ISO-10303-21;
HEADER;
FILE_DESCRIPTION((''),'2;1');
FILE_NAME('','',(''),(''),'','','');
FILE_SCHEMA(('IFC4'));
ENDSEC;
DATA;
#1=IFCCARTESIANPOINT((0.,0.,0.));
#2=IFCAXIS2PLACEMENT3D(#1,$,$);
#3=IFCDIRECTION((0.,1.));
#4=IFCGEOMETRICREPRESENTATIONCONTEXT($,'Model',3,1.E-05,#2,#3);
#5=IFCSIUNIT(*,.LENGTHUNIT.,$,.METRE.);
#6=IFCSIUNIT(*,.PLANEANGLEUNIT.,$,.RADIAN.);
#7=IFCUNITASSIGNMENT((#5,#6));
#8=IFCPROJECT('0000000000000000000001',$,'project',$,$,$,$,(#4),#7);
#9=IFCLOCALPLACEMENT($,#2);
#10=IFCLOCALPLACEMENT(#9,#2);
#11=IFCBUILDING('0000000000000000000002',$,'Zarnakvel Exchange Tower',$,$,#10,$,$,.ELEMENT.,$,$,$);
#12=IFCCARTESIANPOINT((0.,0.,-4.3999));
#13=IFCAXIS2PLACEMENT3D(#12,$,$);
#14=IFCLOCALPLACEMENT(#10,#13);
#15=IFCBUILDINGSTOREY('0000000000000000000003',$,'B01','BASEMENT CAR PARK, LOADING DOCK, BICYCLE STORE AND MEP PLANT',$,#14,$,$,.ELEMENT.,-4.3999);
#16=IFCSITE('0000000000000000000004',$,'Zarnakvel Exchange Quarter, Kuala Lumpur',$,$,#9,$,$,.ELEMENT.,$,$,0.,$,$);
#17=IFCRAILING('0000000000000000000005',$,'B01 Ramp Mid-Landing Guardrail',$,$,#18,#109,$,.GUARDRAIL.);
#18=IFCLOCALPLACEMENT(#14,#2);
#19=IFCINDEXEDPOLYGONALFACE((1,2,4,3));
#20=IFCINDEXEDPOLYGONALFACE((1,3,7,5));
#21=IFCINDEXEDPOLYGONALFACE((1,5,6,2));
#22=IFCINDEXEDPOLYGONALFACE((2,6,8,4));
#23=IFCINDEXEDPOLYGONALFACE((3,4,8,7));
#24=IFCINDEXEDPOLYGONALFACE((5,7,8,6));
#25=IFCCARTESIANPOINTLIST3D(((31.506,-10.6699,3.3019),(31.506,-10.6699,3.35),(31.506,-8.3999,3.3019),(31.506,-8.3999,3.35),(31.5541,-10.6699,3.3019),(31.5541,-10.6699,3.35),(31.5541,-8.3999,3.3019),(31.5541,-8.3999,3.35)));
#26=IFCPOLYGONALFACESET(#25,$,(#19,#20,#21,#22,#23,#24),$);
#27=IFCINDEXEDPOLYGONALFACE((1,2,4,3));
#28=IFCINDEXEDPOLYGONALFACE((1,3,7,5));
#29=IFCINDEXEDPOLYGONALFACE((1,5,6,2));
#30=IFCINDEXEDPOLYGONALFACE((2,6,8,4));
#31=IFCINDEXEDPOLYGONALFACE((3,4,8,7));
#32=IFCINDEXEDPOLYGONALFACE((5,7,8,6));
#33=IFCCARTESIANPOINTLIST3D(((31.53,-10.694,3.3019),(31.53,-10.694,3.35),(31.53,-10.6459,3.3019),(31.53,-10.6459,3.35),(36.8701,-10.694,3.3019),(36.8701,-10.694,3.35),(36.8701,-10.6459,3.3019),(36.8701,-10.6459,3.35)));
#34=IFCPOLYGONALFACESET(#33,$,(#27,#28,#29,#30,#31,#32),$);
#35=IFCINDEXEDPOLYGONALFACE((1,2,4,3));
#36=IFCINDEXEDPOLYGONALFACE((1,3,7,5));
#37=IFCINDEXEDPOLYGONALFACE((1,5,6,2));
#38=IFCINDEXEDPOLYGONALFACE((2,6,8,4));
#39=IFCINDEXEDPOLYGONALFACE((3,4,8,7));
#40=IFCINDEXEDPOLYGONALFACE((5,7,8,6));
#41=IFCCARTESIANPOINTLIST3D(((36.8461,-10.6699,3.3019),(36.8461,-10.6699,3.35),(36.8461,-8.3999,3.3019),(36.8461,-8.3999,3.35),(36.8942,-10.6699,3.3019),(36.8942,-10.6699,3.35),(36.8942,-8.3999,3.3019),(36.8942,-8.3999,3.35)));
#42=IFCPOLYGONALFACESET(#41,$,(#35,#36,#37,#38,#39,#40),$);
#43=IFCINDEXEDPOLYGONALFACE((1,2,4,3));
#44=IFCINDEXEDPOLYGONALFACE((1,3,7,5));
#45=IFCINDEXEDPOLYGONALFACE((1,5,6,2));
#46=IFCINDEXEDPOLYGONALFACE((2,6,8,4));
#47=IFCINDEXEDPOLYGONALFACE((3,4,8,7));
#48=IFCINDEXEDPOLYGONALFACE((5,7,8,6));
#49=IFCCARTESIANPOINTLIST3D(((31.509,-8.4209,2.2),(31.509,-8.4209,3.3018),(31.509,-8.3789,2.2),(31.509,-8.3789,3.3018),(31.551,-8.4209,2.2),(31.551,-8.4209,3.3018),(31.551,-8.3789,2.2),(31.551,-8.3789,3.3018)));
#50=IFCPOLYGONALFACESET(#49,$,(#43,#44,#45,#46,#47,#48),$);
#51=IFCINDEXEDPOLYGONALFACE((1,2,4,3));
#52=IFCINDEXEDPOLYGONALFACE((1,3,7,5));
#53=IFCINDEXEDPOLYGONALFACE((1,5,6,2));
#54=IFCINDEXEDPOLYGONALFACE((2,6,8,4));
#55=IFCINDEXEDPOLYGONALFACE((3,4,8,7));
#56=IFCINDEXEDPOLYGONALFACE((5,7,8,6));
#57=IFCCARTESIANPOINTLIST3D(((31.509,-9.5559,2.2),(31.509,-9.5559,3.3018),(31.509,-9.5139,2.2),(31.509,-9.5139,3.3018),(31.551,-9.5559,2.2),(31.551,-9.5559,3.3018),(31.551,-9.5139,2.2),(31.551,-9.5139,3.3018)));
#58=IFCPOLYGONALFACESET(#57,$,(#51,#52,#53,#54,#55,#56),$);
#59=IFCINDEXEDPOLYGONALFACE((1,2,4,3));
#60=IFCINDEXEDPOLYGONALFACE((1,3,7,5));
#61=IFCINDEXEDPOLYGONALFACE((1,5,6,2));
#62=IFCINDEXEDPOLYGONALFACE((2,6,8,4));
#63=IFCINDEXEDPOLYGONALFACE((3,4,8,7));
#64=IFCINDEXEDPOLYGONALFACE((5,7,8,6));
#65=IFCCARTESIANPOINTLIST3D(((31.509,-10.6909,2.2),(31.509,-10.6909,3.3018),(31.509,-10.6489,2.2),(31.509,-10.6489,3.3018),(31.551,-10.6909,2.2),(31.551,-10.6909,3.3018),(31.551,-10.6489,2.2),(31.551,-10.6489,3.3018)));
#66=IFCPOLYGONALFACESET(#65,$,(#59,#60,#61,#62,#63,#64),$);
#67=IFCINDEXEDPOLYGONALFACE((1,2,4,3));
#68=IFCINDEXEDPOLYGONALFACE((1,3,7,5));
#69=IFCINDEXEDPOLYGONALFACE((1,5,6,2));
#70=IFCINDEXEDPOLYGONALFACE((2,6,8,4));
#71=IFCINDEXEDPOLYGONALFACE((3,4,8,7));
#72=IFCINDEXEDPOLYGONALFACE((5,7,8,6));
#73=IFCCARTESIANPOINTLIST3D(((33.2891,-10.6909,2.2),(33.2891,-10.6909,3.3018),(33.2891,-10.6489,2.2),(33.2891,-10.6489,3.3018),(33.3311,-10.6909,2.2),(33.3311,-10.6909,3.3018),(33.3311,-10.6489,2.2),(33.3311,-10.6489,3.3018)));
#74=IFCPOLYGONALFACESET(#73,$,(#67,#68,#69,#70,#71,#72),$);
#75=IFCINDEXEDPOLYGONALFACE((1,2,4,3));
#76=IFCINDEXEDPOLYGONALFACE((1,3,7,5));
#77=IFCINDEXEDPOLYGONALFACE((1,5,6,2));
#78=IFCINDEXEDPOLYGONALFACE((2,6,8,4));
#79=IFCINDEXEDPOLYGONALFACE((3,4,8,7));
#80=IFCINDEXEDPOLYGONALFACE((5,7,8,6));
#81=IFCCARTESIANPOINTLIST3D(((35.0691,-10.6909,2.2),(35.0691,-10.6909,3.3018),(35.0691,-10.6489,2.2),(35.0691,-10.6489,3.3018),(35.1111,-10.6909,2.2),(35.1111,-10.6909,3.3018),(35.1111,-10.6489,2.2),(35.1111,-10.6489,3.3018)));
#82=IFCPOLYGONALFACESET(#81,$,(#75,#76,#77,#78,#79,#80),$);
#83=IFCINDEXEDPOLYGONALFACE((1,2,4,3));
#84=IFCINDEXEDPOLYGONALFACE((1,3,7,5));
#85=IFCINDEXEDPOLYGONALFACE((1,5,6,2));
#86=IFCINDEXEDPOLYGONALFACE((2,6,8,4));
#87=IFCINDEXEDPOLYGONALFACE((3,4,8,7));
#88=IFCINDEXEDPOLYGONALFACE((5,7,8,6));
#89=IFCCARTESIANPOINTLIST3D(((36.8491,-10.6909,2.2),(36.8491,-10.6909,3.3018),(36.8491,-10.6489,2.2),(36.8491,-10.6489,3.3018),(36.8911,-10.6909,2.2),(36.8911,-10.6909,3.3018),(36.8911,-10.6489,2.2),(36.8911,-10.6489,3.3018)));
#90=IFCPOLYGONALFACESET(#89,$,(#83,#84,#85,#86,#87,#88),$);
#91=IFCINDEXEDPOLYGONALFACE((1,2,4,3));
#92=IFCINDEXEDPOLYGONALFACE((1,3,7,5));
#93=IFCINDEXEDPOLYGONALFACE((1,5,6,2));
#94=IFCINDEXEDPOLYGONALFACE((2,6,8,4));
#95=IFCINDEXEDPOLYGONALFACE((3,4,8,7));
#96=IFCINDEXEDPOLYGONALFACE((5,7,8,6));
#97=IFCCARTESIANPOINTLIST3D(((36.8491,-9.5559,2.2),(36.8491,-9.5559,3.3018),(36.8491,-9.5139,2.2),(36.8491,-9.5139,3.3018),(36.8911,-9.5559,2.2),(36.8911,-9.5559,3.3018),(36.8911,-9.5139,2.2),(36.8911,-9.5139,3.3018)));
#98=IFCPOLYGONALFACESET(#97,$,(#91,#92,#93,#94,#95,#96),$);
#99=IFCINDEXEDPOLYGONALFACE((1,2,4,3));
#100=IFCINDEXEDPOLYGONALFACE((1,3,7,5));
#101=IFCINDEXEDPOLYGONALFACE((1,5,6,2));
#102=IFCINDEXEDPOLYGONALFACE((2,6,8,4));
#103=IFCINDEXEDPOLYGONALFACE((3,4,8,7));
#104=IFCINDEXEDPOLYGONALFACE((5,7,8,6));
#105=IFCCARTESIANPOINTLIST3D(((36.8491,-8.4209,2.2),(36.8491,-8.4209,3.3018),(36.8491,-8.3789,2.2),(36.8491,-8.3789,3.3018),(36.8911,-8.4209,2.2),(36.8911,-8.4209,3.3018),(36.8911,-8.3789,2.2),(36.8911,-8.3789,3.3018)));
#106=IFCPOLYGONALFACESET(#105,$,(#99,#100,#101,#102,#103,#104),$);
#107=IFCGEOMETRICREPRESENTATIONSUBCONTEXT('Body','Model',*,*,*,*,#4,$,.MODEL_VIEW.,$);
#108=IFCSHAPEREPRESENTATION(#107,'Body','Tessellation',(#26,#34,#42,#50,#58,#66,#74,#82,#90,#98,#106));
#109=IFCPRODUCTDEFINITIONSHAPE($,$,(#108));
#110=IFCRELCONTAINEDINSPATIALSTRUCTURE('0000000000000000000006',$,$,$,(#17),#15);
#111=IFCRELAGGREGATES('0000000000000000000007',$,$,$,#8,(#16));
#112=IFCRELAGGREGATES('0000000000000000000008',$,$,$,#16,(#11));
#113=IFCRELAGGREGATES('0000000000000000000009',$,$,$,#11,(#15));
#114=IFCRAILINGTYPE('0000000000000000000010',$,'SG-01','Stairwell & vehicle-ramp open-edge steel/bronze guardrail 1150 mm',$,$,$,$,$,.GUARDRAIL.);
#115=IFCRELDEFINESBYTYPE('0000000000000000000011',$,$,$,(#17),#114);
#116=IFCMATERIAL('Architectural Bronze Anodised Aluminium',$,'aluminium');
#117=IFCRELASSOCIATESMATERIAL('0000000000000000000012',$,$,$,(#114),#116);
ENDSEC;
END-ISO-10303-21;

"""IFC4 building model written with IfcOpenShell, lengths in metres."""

from ifc_helpers import new_model, si_unit, direction, frame, origin, origin_2d, place, context, subcontext, project, spatial, rectangle, extrude, material, type_object, element, save


model = new_model("IFC4")

# Units and contexts
model_context = context("Model", 3, precision=1e-05, world=origin(), true_north=direction((0.0, 1.0)))
body_context = subcontext(model_context, "Body", "Model", "MODEL_VIEW")
ifc_project = project(units=[si_unit("LENGTHUNIT", "METRE"), si_unit("PLANEANGLEUNIT", "RADIAN")], contexts=[model_context])

# Site, building, storey
site_placement = place(None, origin())
site = spatial("IfcSite", under=ifc_project, at=site_placement, Name="Zarnakvel Exchange Quarter, Kuala Lumpur", CompositionType="ELEMENT", RefElevation=0.0)
building_placement = place(site_placement, origin())
building = spatial("IfcBuilding", under=site, at=building_placement, Name="Zarnakvel Exchange Tower", CompositionType="ELEMENT")
storey_placement = place(building_placement, frame((0.0, 0.0, -4.3999)))
storey = spatial("IfcBuildingStorey", under=building, at=storey_placement, Name="B01", Description="BASEMENT CAR PARK, LOADING DOCK, BICYCLE STORE AND MEP PLANT", CompositionType="ELEMENT", Elevation=-4.3999)

# Railing
ifc_material_1 = material(Name="Architectural Bronze Anodised Aluminium", Category="aluminium")
railing_type = type_object("IfcRailingType", Name="SG-01", Description="Stairwell & vehicle-ramp open-edge steel/bronze guardrail 1150 mm", PredefinedType="GUARDRAIL", material=ifc_material_1)
railing_1_placement = place(storey_placement, frame((31.53, -8.3999, 2.2)))
element("IfcRailing", 1, at=railing_1_placement, inside=storey, type_object=railing_type, Name="B01 Ramp Mid-Landing Guardrail", PredefinedType="GUARDRAIL", context=body_context, shape_type="SweptSolid", body=[
    extrude(rectangle(XDim=0.0481, YDim=0.0481, at=origin_2d()), frame((0.0, 0.0, 1.126), z_axis=(0.0, -1.0, 0.0), x_axis=(1.0, 0.0, 0.0)), (0.0, 0.0, 1.0), 2.27),
    extrude(rectangle(XDim=0.0481, YDim=0.0481, at=origin_2d()), frame((0.0, -2.27, 1.126), z_axis=(1.0, 0.0, 0.0), x_axis=(0.0, 1.0, 0.0)), (0.0, 0.0, 1.0), 5.3401),
    extrude(rectangle(XDim=0.0481, YDim=0.0481, at=origin_2d()), frame((5.3401, -2.27, 1.126), z_axis=(0.0, 1.0, 0.0), x_axis=(-1.0, 0.0, 0.0)), (0.0, 0.0, 1.0), 2.27),
    extrude(rectangle(XDim=0.042, YDim=0.042, at=origin_2d()), origin(), (0.0, 0.0, 1.0), 1.1018),
    extrude(rectangle(XDim=0.042, YDim=0.042, at=origin_2d()), frame((0.0, -1.135, 0.0)), (0.0, 0.0, 1.0), 1.1018),
    extrude(rectangle(XDim=0.042, YDim=0.042, at=origin_2d()), frame((0.0, -2.27, 0.0)), (0.0, 0.0, 1.0), 1.1018),
    extrude(rectangle(XDim=0.042, YDim=0.042, at=origin_2d()), frame((1.78, -2.27, 0.0)), (0.0, 0.0, 1.0), 1.1018),
    extrude(rectangle(XDim=0.042, YDim=0.042, at=origin_2d()), frame((3.5601, -2.27, 0.0)), (0.0, 0.0, 1.0), 1.1018),
    extrude(rectangle(XDim=0.042, YDim=0.042, at=origin_2d()), frame((5.3401, -2.27, 0.0)), (0.0, 0.0, 1.0), 1.1018),
    extrude(rectangle(XDim=0.042, YDim=0.042, at=origin_2d()), frame((5.3401, -1.135, 0.0)), (0.0, 0.0, 1.0), 1.1018),
    extrude(rectangle(XDim=0.042, YDim=0.042, at=origin_2d()), frame((5.3401, 0.0, 0.0)), (0.0, 0.0, 1.0), 1.1018),
])

save(model, "model.ifc")
